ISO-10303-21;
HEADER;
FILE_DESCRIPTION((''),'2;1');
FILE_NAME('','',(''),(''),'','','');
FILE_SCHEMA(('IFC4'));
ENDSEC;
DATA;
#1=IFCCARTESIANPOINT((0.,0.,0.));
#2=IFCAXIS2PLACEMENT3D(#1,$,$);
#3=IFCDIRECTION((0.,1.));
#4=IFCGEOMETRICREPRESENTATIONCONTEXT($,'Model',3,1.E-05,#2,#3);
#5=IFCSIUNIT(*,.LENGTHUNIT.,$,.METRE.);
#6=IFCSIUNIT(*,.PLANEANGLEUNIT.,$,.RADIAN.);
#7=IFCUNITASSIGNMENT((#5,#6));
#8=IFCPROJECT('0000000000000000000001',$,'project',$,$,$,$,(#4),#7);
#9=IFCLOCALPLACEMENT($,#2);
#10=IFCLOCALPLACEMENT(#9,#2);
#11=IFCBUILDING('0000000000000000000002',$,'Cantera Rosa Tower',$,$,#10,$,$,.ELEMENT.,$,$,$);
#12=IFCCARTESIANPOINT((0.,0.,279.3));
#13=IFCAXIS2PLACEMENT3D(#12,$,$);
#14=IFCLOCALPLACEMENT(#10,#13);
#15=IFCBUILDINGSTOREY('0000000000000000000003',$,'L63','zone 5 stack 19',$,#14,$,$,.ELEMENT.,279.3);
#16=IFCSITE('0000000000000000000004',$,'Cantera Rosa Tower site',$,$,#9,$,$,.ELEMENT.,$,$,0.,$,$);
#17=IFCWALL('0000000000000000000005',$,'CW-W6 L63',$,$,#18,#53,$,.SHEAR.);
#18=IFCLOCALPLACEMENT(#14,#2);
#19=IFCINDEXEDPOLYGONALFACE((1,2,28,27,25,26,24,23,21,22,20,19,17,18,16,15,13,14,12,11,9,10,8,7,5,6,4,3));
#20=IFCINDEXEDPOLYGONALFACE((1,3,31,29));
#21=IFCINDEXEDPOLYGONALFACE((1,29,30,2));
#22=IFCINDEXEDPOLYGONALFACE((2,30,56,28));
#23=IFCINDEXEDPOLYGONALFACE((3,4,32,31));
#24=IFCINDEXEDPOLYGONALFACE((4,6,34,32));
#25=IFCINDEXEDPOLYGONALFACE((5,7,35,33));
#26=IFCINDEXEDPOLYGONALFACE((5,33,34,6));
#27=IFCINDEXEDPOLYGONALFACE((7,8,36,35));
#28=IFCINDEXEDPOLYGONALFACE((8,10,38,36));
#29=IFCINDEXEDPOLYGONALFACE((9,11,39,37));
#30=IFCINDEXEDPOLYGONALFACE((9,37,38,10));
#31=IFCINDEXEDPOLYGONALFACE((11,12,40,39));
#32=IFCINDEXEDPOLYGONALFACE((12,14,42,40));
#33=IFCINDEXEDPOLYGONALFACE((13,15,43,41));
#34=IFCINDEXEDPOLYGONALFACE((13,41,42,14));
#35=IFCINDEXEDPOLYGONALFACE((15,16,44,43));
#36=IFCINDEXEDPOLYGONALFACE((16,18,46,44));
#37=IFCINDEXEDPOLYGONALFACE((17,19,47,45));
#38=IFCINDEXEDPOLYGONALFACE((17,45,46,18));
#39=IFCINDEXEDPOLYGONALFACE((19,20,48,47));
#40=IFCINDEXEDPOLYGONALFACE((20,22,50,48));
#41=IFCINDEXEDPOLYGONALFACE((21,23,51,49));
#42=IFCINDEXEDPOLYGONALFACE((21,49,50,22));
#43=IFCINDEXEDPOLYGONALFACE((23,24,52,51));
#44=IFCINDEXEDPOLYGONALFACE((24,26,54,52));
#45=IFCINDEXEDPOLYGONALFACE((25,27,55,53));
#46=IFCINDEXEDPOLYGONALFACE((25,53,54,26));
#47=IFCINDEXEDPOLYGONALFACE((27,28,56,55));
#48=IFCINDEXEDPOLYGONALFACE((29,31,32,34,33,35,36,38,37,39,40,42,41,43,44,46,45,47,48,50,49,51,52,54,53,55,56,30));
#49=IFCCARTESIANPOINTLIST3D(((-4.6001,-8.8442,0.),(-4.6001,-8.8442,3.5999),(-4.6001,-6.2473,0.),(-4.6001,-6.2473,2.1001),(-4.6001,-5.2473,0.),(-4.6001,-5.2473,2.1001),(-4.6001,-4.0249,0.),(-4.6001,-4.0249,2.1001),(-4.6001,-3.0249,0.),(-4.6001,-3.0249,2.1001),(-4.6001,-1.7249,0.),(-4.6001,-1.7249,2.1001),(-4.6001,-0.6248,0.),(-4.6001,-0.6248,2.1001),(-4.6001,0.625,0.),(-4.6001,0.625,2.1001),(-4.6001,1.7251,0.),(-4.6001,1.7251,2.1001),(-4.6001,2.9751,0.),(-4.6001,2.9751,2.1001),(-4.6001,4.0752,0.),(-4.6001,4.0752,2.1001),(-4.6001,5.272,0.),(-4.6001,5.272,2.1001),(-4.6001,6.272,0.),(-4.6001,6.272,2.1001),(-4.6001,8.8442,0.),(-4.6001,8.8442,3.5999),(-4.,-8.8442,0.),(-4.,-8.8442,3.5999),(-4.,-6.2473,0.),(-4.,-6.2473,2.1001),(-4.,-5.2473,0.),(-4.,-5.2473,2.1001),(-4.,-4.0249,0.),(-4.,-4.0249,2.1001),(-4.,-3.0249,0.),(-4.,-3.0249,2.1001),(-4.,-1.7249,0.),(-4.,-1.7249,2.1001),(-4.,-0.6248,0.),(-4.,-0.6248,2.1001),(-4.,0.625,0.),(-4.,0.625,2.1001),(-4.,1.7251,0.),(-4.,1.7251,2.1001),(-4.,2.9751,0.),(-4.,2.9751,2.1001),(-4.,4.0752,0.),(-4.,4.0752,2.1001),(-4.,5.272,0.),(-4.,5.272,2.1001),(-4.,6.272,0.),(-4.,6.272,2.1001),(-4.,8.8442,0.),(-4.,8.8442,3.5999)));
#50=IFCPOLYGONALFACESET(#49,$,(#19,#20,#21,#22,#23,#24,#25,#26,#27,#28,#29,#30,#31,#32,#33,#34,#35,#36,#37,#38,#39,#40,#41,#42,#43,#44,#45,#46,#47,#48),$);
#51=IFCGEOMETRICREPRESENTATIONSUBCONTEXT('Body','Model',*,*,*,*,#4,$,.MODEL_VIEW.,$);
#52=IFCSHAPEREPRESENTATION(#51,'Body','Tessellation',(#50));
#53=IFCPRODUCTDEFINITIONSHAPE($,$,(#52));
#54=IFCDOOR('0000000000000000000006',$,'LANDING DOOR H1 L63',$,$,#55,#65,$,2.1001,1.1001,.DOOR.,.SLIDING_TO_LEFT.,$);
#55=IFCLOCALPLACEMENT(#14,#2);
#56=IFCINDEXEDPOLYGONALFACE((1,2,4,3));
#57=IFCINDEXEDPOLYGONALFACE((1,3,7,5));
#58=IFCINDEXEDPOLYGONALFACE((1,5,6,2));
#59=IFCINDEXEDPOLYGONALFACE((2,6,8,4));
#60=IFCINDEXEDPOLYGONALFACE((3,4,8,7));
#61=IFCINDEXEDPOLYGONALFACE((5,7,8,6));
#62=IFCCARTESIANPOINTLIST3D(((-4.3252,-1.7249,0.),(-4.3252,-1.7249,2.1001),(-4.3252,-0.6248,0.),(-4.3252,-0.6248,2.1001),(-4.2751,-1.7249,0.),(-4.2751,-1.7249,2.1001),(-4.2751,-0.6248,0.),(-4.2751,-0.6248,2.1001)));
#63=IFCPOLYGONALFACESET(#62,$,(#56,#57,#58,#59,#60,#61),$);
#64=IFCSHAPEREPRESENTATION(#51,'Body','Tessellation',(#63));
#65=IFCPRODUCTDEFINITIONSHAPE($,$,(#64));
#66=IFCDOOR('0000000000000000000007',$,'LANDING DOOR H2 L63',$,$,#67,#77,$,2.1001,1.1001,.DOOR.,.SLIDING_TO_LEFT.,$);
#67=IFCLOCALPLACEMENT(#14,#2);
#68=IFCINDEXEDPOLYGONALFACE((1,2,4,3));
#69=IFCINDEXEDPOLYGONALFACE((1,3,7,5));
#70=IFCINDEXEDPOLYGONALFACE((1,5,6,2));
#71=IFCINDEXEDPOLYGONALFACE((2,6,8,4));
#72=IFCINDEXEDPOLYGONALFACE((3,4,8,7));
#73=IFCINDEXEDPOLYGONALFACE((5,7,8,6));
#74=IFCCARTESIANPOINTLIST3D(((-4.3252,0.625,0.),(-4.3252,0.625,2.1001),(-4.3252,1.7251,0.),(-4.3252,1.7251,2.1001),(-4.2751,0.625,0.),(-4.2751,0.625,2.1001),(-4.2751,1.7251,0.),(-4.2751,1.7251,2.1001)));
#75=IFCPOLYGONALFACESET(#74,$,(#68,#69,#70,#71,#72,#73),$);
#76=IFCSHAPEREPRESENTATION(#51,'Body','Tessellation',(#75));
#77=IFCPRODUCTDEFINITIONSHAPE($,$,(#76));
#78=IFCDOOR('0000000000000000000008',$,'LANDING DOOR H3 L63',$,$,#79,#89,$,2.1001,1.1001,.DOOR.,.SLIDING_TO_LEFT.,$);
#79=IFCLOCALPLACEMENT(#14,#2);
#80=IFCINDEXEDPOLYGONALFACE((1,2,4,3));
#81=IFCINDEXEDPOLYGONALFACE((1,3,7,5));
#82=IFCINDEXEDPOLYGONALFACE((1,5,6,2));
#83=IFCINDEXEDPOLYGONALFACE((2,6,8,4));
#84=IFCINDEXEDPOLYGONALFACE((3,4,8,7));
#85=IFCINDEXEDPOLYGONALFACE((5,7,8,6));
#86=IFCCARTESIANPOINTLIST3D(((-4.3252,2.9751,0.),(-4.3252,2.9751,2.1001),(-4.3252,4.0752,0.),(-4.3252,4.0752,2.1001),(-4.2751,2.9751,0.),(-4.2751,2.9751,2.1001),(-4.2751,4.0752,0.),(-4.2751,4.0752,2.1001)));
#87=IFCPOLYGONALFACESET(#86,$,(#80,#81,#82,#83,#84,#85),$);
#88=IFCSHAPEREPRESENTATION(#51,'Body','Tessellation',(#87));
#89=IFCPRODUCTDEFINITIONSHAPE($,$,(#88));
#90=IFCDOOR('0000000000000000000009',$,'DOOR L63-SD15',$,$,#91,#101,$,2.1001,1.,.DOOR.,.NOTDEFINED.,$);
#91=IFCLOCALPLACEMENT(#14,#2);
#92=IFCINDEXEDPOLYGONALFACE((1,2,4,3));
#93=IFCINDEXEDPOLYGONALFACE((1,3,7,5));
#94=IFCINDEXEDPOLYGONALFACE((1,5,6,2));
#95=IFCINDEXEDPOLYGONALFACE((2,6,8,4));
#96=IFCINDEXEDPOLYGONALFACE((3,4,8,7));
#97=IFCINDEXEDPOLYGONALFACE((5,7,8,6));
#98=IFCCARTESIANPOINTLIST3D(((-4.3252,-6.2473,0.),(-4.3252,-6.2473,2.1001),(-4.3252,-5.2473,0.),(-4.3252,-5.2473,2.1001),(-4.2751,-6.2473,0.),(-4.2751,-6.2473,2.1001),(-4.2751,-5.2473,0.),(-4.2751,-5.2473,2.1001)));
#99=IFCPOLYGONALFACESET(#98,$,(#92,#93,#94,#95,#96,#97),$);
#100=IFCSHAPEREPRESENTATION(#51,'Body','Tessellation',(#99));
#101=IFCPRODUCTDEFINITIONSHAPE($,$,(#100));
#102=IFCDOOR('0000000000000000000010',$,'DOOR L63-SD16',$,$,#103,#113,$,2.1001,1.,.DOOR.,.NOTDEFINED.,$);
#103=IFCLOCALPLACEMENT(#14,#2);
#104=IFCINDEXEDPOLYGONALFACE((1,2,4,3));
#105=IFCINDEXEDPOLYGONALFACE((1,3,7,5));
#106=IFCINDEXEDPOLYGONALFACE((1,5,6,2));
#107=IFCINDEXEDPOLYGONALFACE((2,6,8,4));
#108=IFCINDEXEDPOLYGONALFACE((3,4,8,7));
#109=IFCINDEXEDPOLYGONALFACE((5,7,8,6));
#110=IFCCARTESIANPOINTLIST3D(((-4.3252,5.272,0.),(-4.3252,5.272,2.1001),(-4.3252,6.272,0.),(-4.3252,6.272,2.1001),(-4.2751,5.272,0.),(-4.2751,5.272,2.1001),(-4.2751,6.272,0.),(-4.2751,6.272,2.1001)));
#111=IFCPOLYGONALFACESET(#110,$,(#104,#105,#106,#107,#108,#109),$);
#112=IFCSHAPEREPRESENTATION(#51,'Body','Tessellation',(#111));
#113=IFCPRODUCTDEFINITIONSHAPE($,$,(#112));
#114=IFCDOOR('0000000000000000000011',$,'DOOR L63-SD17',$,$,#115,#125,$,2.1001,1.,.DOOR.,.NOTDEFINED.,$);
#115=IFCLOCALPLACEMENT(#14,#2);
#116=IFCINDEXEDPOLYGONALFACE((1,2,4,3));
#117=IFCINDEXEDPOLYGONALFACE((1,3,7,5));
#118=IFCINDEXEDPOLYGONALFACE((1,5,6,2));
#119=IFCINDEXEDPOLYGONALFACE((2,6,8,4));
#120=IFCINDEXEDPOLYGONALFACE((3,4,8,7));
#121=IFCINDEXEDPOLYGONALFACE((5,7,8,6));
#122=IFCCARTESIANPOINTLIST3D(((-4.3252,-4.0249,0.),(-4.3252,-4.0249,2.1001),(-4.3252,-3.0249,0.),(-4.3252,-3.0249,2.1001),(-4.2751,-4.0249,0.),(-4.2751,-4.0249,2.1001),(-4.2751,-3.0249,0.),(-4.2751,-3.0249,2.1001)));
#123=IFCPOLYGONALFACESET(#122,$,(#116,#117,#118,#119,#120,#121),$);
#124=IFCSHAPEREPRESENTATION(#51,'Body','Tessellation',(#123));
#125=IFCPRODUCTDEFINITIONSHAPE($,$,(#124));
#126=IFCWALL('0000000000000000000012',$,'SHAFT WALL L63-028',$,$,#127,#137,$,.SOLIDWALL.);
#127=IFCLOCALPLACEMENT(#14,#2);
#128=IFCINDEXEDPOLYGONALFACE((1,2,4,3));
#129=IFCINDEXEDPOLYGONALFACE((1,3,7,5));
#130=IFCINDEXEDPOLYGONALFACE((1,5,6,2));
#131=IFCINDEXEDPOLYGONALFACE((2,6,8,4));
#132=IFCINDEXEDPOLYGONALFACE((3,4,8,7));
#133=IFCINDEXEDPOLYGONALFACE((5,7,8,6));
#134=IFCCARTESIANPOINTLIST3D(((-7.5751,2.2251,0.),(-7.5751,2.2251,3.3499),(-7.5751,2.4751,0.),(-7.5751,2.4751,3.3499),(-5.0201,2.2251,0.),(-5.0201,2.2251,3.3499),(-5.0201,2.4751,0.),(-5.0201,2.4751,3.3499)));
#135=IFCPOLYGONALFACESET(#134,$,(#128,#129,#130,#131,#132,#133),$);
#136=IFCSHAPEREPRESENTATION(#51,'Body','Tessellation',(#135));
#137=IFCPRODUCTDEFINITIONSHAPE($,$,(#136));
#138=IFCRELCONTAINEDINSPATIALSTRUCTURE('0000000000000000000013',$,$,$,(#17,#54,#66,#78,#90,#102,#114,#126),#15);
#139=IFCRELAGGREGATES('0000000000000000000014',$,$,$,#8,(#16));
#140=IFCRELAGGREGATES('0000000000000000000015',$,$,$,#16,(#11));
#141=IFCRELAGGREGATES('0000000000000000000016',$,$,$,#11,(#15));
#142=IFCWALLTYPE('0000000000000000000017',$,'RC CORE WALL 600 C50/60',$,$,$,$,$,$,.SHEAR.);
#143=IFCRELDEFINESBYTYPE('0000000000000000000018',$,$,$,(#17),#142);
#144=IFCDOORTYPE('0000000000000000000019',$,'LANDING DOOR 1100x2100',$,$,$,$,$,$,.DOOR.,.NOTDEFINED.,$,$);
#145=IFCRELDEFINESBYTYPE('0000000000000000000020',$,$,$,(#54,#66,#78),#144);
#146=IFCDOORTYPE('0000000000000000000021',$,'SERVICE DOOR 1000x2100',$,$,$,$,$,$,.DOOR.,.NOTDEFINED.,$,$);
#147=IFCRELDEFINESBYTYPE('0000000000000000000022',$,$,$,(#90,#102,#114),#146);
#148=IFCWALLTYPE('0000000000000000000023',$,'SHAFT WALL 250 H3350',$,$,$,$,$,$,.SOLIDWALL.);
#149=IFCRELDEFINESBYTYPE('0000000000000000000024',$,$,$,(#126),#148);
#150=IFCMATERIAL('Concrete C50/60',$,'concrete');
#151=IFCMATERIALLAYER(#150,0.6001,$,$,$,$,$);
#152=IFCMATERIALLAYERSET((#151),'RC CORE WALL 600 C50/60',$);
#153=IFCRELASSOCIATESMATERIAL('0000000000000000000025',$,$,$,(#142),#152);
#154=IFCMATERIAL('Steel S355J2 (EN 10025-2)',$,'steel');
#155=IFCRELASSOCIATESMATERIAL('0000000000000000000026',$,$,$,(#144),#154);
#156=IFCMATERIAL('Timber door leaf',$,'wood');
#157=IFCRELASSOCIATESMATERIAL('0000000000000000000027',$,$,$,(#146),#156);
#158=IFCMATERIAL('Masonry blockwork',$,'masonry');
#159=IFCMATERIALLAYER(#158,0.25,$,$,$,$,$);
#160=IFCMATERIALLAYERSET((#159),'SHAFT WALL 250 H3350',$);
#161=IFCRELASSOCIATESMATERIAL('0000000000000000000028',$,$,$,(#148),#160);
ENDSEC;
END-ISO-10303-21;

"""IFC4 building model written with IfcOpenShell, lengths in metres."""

from ifc_helpers import new_model, si_unit, direction, frame, frame_2d, origin, place, context, subcontext, project, spatial, rectangle, extrude, material, layer, layer_set, type_object, element, fill, save


model = new_model("IFC4")

# Units and contexts
model_context = context("Model", 3, precision=1e-05, world=origin(), true_north=direction((0.0, 1.0)))
body_context = subcontext(model_context, "Body", "Model", "MODEL_VIEW")
ifc_project = project(units=[si_unit("LENGTHUNIT", "METRE"), si_unit("PLANEANGLEUNIT", "RADIAN")], contexts=[model_context])

# Site, building, storey
site_placement = place(None, origin())
site = spatial("IfcSite", under=ifc_project, at=site_placement, Name="Cantera Rosa Tower site", CompositionType="ELEMENT", RefElevation=0.0)
building_placement = place(site_placement, origin())
building = spatial("IfcBuilding", under=site, at=building_placement, Name="Cantera Rosa Tower", CompositionType="ELEMENT")
storey_placement = place(building_placement, frame((0.0, 0.0, 279.3)))
storey = spatial("IfcBuildingStorey", under=building, at=storey_placement, Name="L63", Description="zone 5 stack 19", CompositionType="ELEMENT", Elevation=279.3)

# Shared definitions
ifc_material_1 = material(Name="Concrete C50/60", Category="concrete")
ifc_layer_1 = layer(ifc_material_1, 0.6001)
ifc_layer_set_1 = layer_set([ifc_layer_1], Name="RC CORE WALL 600 C50/60")
wall_type_1 = type_object("IfcWallType", Name="RC CORE WALL 600 C50/60", PredefinedType="SHEAR", material=ifc_layer_set_1)

# Wall, openings, doors
wall_1_placement = place(storey_placement, frame((-4.3, 8.8442, 0.0), z_axis=(0.0, 0.0, 1.0), x_axis=(0.0, -1.0, 0.0)))
wall_1 = element("IfcWall", 1, at=wall_1_placement, inside=storey, type_object=wall_type_1, Name="CW-W6 L63", PredefinedType="SHEAR", context=body_context, shape_type="SweptSolid", body=[
    extrude(rectangle(XDim=17.6885, YDim=0.6001, at=frame_2d((8.8442, 0.0))), origin(), (0.0, 0.0, 1.0), 3.5999),
])
opening_1_placement = place(wall_1_placement, frame((9.469, 0.0, 0.0)))
opening_1 = element("IfcOpeningElement", 2, at=opening_1_placement, cuts=wall_1, PredefinedType="OPENING", context=body_context, shape_type="SweptSolid", body=[
    extrude(rectangle(XDim=1.1001, YDim=2.1001, at=frame_2d((0.55, 1.05))), frame((0.0, 0.3101, 0.0), z_axis=(0.0, -1.0, 0.0), x_axis=(1.0, 0.0, 0.0)), (0.0, 0.0, 1.0), 0.6201),
])
opening_2_placement = place(wall_1_placement, frame((7.1191, 0.0, 0.0)))
opening_2 = element("IfcOpeningElement", 3, at=opening_2_placement, cuts=wall_1, PredefinedType="OPENING", context=body_context, shape_type="SweptSolid", body=[
    extrude(rectangle(XDim=1.1001, YDim=2.1001, at=frame_2d((0.55, 1.05))), frame((0.0, 0.3101, 0.0), z_axis=(0.0, -1.0, 0.0), x_axis=(1.0, 0.0, 0.0)), (0.0, 0.0, 1.0), 0.6201),
])
opening_3_placement = place(wall_1_placement, frame((4.769, 0.0, 0.0)))
opening_3 = element("IfcOpeningElement", 4, at=opening_3_placement, cuts=wall_1, PredefinedType="OPENING", context=body_context, shape_type="SweptSolid", body=[
    extrude(rectangle(XDim=1.1001, YDim=2.1001, at=frame_2d((0.55, 1.05))), frame((0.0, 0.3101, 0.0), z_axis=(0.0, -1.0, 0.0), x_axis=(1.0, 0.0, 0.0)), (0.0, 0.0, 1.0), 0.6201),
])
opening_4_placement = place(wall_1_placement, frame((14.0916, 0.0, 0.0)))
opening_4 = element("IfcOpeningElement", 5, at=opening_4_placement, cuts=wall_1, PredefinedType="OPENING", context=body_context, shape_type="SweptSolid", body=[
    extrude(rectangle(XDim=1.0, YDim=2.1001, at=frame_2d((0.5, 1.05))), frame((0.0, 0.3101, 0.0), z_axis=(0.0, -1.0, 0.0), x_axis=(1.0, 0.0, 0.0)), (0.0, 0.0, 1.0), 0.6201),
])
opening_5_placement = place(wall_1_placement, frame((2.5723, 0.0, 0.0)))
opening_5 = element("IfcOpeningElement", 6, at=opening_5_placement, cuts=wall_1, PredefinedType="OPENING", context=body_context, shape_type="SweptSolid", body=[
    extrude(rectangle(XDim=1.0, YDim=2.1001, at=frame_2d((0.5, 1.05))), frame((0.0, 0.3101, 0.0), z_axis=(0.0, -1.0, 0.0), x_axis=(1.0, 0.0, 0.0)), (0.0, 0.0, 1.0), 0.6201),
])
opening_6_placement = place(wall_1_placement, frame((11.8691, 0.0, 0.0)))
opening_6 = element("IfcOpeningElement", 7, at=opening_6_placement, cuts=wall_1, PredefinedType="OPENING", context=body_context, shape_type="SweptSolid", body=[
    extrude(rectangle(XDim=1.0, YDim=2.1001, at=frame_2d((0.5, 1.05))), frame((0.0, 0.3101, 0.0), z_axis=(0.0, -1.0, 0.0), x_axis=(1.0, 0.0, 0.0)), (0.0, 0.0, 1.0), 0.6201),
])
ifc_material_2 = material(Name="Steel S355J2 (EN 10025-2)", Category="steel")
door_type_1 = type_object("IfcDoorType", Name="LANDING DOOR 1100x2100", OperationType="NOTDEFINED", PredefinedType="DOOR", material=ifc_material_2)
door_1_placement = place(opening_1_placement, origin())
door_1 = element("IfcDoor", 8, at=door_1_placement, inside=storey, type_object=door_type_1, Name="LANDING DOOR H1 L63", OperationType="SLIDING_TO_LEFT", OverallHeight=2.1001, OverallWidth=1.1001, PredefinedType="DOOR", context=body_context, shape_type="SweptSolid", body=[
    extrude(rectangle(XDim=1.1001, YDim=2.1001, at=frame_2d((0.55, 1.05))), frame((0.0, 0.0249, 0.0), z_axis=(0.0, -1.0, 0.0), x_axis=(1.0, 0.0, 0.0)), (0.0, 0.0, 1.0), 0.05),
])
fill(opening_1, door_1)
door_2_placement = place(opening_2_placement, origin())
door_2 = element("IfcDoor", 9, at=door_2_placement, inside=storey, type_object=door_type_1, Name="LANDING DOOR H2 L63", OperationType="SLIDING_TO_LEFT", OverallHeight=2.1001, OverallWidth=1.1001, PredefinedType="DOOR", context=body_context, shape_type="SweptSolid", body=[
    extrude(rectangle(XDim=1.1001, YDim=2.1001, at=frame_2d((0.55, 1.05))), frame((0.0, 0.0249, 0.0), z_axis=(0.0, -1.0, 0.0), x_axis=(1.0, 0.0, 0.0)), (0.0, 0.0, 1.0), 0.05),
])
fill(opening_2, door_2)
door_3_placement = place(opening_3_placement, origin())
door_3 = element("IfcDoor", 10, at=door_3_placement, inside=storey, type_object=door_type_1, Name="LANDING DOOR H3 L63", OperationType="SLIDING_TO_LEFT", OverallHeight=2.1001, OverallWidth=1.1001, PredefinedType="DOOR", context=body_context, shape_type="SweptSolid", body=[
    extrude(rectangle(XDim=1.1001, YDim=2.1001, at=frame_2d((0.55, 1.05))), frame((0.0, 0.0249, 0.0), z_axis=(0.0, -1.0, 0.0), x_axis=(1.0, 0.0, 0.0)), (0.0, 0.0, 1.0), 0.05),
])
fill(opening_3, door_3)
ifc_material_3 = material(Name="Timber door leaf", Category="wood")
door_type_2 = type_object("IfcDoorType", Name="SERVICE DOOR 1000x2100", OperationType="NOTDEFINED", PredefinedType="DOOR", material=ifc_material_3)
door_4_placement = place(opening_4_placement, origin())
door_4 = element("IfcDoor", 11, at=door_4_placement, inside=storey, type_object=door_type_2, Name="DOOR L63-SD15", OperationType="NOTDEFINED", OverallHeight=2.1001, OverallWidth=1.0, PredefinedType="DOOR", context=body_context, shape_type="SweptSolid", body=[
    extrude(rectangle(XDim=1.0, YDim=2.1001, at=frame_2d((0.5, 1.05))), frame((0.0, 0.0249, 0.0), z_axis=(0.0, -1.0, 0.0), x_axis=(1.0, 0.0, 0.0)), (0.0, 0.0, 1.0), 0.05),
])
fill(opening_4, door_4)
door_5_placement = place(opening_5_placement, origin())
door_5 = element("IfcDoor", 12, at=door_5_placement, inside=storey, type_object=door_type_2, Name="DOOR L63-SD16", OperationType="NOTDEFINED", OverallHeight=2.1001, OverallWidth=1.0, PredefinedType="DOOR", context=body_context, shape_type="SweptSolid", body=[
    extrude(rectangle(XDim=1.0, YDim=2.1001, at=frame_2d((0.5, 1.05))), frame((0.0, 0.0249, 0.0), z_axis=(0.0, -1.0, 0.0), x_axis=(1.0, 0.0, 0.0)), (0.0, 0.0, 1.0), 0.05),
])
fill(opening_5, door_5)
door_6_placement = place(opening_6_placement, origin())
door_6 = element("IfcDoor", 13, at=door_6_placement, inside=storey, type_object=door_type_2, Name="DOOR L63-SD17", OperationType="NOTDEFINED", OverallHeight=2.1001, OverallWidth=1.0, PredefinedType="DOOR", context=body_context, shape_type="SweptSolid", body=[
    extrude(rectangle(XDim=1.0, YDim=2.1001, at=frame_2d((0.5, 1.05))), frame((0.0, 0.0249, 0.0), z_axis=(0.0, -1.0, 0.0), x_axis=(1.0, 0.0, 0.0)), (0.0, 0.0, 1.0), 0.05),
])
fill(opening_6, door_6)

# Wall
ifc_material_4 = material(Name="Masonry blockwork", Category="masonry")
ifc_layer_2 = layer(ifc_material_4, 0.25)
ifc_layer_set_2 = layer_set([ifc_layer_2], Name="SHAFT WALL 250 H3350")
wall_type_2 = type_object("IfcWallType", Name="SHAFT WALL 250 H3350", PredefinedType="SOLIDWALL", material=ifc_layer_set_2)
wall_2_placement = place(storey_placement, frame((-7.575, 2.3501, 0.0), z_axis=(0.0, 0.0, 1.0), x_axis=(1.0, 0.0, 0.0)))
element("IfcWall", 14, at=wall_2_placement, inside=storey, type_object=wall_type_2, Name="SHAFT WALL L63-028", PredefinedType="SOLIDWALL", context=body_context, shape_type="SweptSolid", body=[
    extrude(rectangle(XDim=2.5549, YDim=0.25, at=frame_2d((1.2773, 0.0))), origin(), (0.0, 0.0, 1.0), 3.3499),
])

save(model, "model.ifc")
